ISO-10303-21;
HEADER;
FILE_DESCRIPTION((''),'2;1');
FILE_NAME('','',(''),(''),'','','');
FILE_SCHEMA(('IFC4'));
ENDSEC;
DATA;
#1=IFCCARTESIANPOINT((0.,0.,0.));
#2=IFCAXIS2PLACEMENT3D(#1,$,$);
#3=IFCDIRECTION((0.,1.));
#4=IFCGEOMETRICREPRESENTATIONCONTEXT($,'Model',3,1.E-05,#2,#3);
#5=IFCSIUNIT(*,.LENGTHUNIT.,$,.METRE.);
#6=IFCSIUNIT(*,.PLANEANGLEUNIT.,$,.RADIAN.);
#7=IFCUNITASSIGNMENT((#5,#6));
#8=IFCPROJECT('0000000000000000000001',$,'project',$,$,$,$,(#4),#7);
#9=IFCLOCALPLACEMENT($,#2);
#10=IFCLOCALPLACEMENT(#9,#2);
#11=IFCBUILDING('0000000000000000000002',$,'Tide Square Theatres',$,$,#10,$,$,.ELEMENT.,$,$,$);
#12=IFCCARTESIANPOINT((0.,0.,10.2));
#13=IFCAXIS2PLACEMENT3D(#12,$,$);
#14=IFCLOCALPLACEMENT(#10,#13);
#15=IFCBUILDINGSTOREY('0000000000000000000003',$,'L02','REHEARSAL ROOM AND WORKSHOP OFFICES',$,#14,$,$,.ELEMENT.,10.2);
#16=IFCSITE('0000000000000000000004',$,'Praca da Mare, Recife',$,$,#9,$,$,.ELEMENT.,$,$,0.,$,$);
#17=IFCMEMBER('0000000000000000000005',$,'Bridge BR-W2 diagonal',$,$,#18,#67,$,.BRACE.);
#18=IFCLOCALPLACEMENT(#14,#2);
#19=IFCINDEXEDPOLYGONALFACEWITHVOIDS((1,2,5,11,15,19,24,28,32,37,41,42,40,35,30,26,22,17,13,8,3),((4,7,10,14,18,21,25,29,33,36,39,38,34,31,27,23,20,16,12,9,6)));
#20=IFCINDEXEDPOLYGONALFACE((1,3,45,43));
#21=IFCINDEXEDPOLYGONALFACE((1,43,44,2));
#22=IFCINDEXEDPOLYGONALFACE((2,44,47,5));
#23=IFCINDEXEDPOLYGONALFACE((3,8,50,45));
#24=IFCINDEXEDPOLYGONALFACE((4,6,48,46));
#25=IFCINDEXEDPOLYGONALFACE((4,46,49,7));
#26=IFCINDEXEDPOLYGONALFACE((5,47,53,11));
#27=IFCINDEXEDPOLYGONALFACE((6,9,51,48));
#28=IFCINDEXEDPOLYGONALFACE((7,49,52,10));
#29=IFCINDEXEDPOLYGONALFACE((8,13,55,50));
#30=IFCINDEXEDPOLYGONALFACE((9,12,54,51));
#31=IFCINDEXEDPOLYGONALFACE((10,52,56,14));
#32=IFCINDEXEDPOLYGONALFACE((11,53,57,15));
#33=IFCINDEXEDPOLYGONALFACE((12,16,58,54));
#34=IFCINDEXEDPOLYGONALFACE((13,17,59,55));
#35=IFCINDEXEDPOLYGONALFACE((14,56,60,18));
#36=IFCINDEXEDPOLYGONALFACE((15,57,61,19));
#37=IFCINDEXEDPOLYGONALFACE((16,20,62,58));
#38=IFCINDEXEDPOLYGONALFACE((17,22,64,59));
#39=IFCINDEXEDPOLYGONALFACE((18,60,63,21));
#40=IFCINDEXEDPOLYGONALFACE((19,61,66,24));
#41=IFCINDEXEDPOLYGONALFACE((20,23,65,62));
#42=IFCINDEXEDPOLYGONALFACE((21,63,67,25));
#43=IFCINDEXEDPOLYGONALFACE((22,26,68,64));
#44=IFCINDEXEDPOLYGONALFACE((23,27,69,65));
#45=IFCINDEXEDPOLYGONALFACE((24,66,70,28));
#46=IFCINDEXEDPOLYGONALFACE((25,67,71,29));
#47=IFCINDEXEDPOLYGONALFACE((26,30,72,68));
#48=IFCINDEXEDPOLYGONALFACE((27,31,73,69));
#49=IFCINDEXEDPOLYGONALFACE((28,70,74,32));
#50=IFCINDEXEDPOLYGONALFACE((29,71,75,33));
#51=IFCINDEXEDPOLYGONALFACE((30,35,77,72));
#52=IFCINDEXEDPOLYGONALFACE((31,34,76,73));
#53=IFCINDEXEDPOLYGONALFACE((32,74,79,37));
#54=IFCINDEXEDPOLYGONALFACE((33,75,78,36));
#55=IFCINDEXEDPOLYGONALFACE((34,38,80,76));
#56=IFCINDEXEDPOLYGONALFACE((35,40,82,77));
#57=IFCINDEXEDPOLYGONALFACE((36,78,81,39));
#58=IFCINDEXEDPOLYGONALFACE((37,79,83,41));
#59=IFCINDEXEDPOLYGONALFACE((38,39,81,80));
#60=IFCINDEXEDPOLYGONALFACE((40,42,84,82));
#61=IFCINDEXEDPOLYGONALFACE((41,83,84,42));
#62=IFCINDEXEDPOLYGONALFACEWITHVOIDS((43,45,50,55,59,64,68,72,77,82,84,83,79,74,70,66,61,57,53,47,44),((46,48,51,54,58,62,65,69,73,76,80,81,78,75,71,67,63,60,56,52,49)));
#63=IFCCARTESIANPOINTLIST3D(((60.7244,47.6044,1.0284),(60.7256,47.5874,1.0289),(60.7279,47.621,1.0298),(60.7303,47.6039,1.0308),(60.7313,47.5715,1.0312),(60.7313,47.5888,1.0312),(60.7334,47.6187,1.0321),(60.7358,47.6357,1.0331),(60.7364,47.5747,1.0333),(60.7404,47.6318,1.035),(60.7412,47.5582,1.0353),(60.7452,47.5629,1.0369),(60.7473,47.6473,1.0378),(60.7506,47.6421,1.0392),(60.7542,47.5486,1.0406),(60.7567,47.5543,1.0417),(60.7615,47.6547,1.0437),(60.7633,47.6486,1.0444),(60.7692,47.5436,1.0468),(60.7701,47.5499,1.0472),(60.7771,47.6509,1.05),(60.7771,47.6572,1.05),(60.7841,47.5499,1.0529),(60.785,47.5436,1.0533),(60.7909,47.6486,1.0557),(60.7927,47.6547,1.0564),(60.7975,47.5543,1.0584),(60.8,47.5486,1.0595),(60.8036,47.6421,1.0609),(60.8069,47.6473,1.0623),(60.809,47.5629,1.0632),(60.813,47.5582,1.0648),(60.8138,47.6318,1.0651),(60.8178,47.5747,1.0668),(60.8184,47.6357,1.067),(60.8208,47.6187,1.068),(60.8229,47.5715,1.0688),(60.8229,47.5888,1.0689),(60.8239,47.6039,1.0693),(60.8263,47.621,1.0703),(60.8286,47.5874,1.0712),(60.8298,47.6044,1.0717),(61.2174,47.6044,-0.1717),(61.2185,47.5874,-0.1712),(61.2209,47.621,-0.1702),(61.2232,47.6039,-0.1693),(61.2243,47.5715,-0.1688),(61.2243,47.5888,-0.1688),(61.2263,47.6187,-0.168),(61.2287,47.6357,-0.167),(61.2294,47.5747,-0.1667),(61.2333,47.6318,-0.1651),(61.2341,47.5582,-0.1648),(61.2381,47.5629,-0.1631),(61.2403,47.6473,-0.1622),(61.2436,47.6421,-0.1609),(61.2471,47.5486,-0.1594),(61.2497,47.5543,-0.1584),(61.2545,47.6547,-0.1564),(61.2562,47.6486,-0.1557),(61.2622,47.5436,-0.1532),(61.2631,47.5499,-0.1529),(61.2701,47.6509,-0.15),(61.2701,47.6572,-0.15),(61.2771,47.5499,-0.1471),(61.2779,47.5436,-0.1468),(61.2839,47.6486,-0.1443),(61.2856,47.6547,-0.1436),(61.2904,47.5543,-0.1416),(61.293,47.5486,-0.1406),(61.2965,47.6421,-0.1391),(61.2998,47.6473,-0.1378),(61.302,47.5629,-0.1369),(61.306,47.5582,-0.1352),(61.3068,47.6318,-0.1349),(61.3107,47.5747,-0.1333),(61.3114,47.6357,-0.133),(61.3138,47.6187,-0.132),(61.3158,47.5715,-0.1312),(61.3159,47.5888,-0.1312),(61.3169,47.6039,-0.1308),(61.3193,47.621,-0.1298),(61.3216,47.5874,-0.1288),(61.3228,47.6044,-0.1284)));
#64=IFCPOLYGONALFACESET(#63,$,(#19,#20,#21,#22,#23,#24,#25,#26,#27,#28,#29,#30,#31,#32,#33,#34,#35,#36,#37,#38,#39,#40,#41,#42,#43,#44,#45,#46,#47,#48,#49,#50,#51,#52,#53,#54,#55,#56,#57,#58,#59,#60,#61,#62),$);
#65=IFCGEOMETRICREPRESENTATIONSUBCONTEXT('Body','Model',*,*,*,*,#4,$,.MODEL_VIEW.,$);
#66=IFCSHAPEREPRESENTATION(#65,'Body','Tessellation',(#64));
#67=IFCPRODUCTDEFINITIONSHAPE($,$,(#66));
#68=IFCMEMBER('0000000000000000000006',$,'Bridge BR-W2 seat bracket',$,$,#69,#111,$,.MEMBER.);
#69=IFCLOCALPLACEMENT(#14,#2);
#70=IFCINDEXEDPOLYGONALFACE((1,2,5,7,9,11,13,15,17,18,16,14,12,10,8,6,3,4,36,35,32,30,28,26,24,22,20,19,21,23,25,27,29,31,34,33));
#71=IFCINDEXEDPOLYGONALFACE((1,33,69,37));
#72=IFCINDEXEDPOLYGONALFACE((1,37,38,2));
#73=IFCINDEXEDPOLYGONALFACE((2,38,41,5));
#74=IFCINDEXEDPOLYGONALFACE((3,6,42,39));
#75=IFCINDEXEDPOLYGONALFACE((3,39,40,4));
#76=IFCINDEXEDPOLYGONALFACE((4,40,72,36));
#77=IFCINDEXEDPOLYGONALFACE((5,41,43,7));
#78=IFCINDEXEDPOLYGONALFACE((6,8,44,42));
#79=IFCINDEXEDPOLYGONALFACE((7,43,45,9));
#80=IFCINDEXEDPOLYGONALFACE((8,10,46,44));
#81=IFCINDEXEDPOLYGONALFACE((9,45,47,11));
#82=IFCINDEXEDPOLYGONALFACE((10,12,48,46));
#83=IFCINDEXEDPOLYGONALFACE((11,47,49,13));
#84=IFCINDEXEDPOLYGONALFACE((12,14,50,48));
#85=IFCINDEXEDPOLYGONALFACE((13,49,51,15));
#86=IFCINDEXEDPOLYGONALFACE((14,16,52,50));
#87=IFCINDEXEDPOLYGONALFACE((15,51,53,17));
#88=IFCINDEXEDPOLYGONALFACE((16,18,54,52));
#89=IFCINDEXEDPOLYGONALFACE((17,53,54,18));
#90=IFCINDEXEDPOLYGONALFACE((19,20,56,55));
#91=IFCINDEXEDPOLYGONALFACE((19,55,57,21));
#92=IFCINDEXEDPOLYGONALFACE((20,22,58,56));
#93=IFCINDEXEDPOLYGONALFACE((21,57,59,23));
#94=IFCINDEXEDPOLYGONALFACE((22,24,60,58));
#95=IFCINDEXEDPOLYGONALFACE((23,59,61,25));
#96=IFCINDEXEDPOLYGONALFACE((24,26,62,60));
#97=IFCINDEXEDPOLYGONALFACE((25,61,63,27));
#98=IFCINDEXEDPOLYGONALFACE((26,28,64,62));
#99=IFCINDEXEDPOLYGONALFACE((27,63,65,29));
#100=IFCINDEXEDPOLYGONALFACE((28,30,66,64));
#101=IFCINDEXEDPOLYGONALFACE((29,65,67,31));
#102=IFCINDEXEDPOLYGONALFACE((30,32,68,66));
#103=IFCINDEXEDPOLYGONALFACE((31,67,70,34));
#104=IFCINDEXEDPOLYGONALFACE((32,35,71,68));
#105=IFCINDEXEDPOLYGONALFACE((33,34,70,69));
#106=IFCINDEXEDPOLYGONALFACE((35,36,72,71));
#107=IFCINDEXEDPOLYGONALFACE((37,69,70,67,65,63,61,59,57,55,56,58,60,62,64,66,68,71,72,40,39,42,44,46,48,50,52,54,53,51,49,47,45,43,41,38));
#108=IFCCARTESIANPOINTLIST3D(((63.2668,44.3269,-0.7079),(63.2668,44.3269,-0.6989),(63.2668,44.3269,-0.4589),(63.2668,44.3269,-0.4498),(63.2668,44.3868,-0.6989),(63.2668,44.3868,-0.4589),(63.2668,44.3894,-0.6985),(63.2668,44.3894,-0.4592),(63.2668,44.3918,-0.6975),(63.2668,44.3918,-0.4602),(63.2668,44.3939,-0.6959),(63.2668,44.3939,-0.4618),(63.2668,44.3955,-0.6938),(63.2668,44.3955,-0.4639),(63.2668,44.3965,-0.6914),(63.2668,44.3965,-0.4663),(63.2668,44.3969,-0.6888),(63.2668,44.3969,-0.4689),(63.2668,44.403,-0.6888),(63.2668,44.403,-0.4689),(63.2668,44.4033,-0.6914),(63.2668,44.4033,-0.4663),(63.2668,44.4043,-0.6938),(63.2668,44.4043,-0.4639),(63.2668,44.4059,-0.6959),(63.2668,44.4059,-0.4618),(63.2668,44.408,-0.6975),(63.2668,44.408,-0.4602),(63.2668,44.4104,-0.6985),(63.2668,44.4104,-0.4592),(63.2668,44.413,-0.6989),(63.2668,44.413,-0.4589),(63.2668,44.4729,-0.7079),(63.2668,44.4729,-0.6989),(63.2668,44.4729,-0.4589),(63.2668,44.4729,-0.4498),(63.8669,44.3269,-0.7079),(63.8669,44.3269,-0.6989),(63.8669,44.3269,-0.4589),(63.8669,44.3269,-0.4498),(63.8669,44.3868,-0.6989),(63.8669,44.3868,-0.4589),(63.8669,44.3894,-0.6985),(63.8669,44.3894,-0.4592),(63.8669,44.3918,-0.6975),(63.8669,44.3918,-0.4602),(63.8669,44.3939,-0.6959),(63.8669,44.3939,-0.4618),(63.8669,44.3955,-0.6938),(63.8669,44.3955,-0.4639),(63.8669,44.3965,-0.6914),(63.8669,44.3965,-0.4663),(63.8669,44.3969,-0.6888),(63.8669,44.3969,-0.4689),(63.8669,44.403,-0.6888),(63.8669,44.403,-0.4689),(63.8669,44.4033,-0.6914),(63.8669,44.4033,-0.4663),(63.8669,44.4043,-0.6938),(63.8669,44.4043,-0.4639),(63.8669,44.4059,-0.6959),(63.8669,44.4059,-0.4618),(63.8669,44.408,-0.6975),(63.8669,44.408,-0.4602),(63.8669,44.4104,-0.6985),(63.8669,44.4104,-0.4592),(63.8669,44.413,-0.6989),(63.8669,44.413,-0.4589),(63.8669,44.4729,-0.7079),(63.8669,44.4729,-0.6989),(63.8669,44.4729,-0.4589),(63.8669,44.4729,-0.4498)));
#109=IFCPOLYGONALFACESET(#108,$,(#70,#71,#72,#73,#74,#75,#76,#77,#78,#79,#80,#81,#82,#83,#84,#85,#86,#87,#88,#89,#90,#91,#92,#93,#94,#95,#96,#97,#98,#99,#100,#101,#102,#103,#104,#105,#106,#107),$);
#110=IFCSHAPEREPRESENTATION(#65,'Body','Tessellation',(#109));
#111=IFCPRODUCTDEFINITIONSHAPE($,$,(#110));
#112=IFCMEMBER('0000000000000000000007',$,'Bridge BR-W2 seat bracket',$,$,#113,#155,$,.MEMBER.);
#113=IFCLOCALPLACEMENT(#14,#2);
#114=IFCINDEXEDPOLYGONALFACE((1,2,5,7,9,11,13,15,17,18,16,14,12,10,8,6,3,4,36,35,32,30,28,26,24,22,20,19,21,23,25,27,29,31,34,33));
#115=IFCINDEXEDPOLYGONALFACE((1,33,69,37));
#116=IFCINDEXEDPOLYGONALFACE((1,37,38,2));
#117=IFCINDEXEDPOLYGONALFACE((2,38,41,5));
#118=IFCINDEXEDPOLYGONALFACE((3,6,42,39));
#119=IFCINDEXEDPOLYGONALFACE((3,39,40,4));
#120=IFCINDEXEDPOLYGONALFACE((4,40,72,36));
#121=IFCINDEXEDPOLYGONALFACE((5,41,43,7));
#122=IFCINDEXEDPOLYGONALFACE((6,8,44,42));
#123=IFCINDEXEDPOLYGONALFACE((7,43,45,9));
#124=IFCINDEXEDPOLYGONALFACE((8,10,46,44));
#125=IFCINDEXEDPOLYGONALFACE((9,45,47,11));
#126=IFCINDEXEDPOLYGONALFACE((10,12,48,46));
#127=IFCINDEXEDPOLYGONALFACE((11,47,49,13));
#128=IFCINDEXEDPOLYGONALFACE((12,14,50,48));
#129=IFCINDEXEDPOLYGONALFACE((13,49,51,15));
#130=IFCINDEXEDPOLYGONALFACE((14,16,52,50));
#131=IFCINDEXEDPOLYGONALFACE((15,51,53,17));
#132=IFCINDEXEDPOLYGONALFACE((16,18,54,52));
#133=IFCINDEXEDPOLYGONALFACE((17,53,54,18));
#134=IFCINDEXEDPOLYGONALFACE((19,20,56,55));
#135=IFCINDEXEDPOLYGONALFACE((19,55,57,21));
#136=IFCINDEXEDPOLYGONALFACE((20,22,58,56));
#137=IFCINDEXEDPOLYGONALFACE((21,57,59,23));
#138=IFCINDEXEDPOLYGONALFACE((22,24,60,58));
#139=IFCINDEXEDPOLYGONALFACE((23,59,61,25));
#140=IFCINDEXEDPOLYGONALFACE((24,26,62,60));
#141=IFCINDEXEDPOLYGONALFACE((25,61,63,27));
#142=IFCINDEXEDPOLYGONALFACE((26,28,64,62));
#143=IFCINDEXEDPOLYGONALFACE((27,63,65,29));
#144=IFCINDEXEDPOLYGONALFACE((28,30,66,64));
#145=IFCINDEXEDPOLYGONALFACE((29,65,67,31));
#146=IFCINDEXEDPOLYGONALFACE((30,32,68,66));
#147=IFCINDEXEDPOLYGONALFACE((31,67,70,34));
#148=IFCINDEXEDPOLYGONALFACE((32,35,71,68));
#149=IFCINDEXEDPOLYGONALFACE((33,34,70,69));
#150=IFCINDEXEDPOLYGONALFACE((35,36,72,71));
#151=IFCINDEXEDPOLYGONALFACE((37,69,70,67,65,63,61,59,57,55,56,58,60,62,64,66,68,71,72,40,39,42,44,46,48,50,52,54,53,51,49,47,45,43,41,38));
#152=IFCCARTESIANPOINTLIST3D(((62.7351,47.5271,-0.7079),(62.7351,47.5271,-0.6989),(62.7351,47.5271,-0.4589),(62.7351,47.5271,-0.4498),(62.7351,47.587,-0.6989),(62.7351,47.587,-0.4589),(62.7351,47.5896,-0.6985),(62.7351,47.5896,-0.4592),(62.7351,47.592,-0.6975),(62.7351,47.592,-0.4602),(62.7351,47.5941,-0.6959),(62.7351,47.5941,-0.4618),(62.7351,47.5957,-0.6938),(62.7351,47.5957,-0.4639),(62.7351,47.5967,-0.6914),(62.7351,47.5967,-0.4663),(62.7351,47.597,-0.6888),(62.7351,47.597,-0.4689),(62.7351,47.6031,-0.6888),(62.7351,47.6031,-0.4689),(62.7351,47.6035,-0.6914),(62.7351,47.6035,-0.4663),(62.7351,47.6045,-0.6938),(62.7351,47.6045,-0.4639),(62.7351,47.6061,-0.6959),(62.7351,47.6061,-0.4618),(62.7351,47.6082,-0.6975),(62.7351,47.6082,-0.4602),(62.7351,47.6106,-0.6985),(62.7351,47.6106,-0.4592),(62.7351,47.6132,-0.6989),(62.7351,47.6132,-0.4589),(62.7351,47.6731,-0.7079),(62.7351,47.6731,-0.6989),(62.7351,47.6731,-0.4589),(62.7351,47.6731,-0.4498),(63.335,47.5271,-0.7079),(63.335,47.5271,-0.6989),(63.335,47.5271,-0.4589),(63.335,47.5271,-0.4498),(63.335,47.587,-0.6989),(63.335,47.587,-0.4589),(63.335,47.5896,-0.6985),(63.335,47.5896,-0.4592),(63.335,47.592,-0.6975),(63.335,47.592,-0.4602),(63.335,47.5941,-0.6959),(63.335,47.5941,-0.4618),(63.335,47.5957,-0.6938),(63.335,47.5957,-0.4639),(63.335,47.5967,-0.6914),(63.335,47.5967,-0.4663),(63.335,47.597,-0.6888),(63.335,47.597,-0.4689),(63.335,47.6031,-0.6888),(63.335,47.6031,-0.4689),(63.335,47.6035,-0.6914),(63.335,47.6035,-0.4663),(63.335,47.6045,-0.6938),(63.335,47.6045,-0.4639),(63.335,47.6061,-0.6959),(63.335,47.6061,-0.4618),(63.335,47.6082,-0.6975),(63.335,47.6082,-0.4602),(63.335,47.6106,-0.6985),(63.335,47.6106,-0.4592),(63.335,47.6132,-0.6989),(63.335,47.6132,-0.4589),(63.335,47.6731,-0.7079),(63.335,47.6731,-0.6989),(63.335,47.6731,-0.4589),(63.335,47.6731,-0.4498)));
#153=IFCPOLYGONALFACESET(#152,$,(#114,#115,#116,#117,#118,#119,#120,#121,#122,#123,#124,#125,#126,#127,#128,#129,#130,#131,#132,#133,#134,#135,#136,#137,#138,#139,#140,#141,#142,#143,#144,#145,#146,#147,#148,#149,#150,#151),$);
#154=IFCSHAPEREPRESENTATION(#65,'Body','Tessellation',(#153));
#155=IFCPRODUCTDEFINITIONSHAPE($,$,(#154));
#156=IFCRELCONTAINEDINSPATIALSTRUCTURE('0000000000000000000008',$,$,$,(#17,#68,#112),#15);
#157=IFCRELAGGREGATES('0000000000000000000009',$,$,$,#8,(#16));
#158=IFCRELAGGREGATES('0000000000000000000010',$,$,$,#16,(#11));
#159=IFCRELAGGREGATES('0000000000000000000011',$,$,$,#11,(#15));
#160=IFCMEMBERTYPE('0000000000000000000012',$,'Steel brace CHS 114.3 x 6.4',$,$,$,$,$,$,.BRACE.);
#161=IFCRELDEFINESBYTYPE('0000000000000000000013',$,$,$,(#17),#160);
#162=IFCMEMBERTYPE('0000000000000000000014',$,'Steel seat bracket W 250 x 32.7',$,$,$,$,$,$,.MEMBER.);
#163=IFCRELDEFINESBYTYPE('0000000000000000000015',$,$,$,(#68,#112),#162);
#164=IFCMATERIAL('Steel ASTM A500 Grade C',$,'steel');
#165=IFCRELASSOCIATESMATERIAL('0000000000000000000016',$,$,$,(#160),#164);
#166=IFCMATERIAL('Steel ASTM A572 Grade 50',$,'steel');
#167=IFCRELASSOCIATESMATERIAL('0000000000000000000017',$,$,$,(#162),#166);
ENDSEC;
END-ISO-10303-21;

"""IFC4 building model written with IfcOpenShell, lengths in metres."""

from ifc_helpers import new_model, si_unit, direction, frame, origin, origin_2d, place, context, subcontext, project, spatial, hollow_circle, i_section, extrude, material, material_profile, profile_set, type_object, element, save


model = new_model("IFC4")

# Units and contexts
model_context = context("Model", 3, precision=1e-05, world=origin(), true_north=direction((0.0, 1.0)))
body_context = subcontext(model_context, "Body", "Model", "MODEL_VIEW")
ifc_project = project(units=[si_unit("LENGTHUNIT", "METRE"), si_unit("PLANEANGLEUNIT", "RADIAN")], contexts=[model_context])

# Site, building, storey
site_placement = place(None, origin())
site = spatial("IfcSite", under=ifc_project, at=site_placement, Name="Praca da Mare, Recife", CompositionType="ELEMENT", RefElevation=0.0)
building_placement = place(site_placement, origin())
building = spatial("IfcBuilding", under=site, at=building_placement, Name="Tide Square Theatres", CompositionType="ELEMENT")
storey_placement = place(building_placement, frame((0.0, 0.0, 10.2)))
storey = spatial("IfcBuildingStorey", under=building, at=storey_placement, Name="L02", Description="REHEARSAL ROOM AND WORKSHOP OFFICES", CompositionType="ELEMENT", Elevation=10.2)

# Members
ifc_material_1 = material(Name="Steel ASTM A500 Grade C", Category="steel")
ifc_material_profile_1 = material_profile(ifc_material_1, hollow_circle(Radius=0.0571, WallThickness=0.0063, at=origin_2d()))
ifc_profile_set_1 = profile_set([ifc_material_profile_1], Name="Steel ASTM A500 Grade C")
member_type_1 = type_object("IfcMemberType", Name="Steel brace CHS 114.3 x 6.4", PredefinedType="BRACE", material=ifc_profile_set_1)
member_1_placement = place(storey_placement, frame((60.7771, 47.6001, 1.05), z_axis=(0.379973, 0.0, -0.924997), x_axis=(0.0, 1.0, 0.0)))
element("IfcMember", 1, at=member_1_placement, inside=storey, type_object=member_type_1, Name="Bridge BR-W2 diagonal", PredefinedType="BRACE", context=body_context, shape_type="SweptSolid", body=[
    extrude(hollow_circle(Radius=0.0571, WallThickness=0.0063, at=origin_2d()), origin(), (0.0, 0.0, 1.0), 1.2974),
])
ifc_material_2 = material(Name="Steel ASTM A572 Grade 50", Category="steel")
ifc_material_profile_2 = material_profile(ifc_material_2, i_section(OverallWidth=0.146, OverallDepth=0.2581, WebThickness=0.0061, FlangeThickness=0.009, FilletRadius=0.01, at=origin_2d()))
ifc_profile_set_2 = profile_set([ifc_material_profile_2], Name="Steel ASTM A572 Grade 50")
member_type_2 = type_object("IfcMemberType", Name="Steel seat bracket W 250 x 32.7", PredefinedType="MEMBER", material=ifc_profile_set_2)
member_2_placement = place(storey_placement, frame((63.8669, 44.3999, -0.5789), z_axis=(-1.0, 0.0, 0.0), x_axis=(0.0, -1.0, 0.0)))
element("IfcMember", 2, at=member_2_placement, inside=storey, type_object=member_type_2, Name="Bridge BR-W2 seat bracket", PredefinedType="MEMBER", context=body_context, shape_type="SweptSolid", body=[
    extrude(i_section(OverallWidth=0.146, OverallDepth=0.2581, WebThickness=0.0061, FlangeThickness=0.009, FilletRadius=0.01, at=origin_2d()), origin(), (0.0, 0.0, 1.0), 0.6001),
])
member_3_placement = place(storey_placement, frame((63.335, 47.6001, -0.5789), z_axis=(-1.0, 0.0, 0.0), x_axis=(0.0, -1.0, 0.0)))
element("IfcMember", 3, at=member_3_placement, inside=storey, type_object=member_type_2, Name="Bridge BR-W2 seat bracket", PredefinedType="MEMBER", context=body_context, shape_type="SweptSolid", body=[
    extrude(i_section(OverallWidth=0.146, OverallDepth=0.2581, WebThickness=0.0061, FlangeThickness=0.009, FilletRadius=0.01, at=origin_2d()), origin(), (0.0, 0.0, 1.0), 0.5999),
])

save(model, "model.ifc")
